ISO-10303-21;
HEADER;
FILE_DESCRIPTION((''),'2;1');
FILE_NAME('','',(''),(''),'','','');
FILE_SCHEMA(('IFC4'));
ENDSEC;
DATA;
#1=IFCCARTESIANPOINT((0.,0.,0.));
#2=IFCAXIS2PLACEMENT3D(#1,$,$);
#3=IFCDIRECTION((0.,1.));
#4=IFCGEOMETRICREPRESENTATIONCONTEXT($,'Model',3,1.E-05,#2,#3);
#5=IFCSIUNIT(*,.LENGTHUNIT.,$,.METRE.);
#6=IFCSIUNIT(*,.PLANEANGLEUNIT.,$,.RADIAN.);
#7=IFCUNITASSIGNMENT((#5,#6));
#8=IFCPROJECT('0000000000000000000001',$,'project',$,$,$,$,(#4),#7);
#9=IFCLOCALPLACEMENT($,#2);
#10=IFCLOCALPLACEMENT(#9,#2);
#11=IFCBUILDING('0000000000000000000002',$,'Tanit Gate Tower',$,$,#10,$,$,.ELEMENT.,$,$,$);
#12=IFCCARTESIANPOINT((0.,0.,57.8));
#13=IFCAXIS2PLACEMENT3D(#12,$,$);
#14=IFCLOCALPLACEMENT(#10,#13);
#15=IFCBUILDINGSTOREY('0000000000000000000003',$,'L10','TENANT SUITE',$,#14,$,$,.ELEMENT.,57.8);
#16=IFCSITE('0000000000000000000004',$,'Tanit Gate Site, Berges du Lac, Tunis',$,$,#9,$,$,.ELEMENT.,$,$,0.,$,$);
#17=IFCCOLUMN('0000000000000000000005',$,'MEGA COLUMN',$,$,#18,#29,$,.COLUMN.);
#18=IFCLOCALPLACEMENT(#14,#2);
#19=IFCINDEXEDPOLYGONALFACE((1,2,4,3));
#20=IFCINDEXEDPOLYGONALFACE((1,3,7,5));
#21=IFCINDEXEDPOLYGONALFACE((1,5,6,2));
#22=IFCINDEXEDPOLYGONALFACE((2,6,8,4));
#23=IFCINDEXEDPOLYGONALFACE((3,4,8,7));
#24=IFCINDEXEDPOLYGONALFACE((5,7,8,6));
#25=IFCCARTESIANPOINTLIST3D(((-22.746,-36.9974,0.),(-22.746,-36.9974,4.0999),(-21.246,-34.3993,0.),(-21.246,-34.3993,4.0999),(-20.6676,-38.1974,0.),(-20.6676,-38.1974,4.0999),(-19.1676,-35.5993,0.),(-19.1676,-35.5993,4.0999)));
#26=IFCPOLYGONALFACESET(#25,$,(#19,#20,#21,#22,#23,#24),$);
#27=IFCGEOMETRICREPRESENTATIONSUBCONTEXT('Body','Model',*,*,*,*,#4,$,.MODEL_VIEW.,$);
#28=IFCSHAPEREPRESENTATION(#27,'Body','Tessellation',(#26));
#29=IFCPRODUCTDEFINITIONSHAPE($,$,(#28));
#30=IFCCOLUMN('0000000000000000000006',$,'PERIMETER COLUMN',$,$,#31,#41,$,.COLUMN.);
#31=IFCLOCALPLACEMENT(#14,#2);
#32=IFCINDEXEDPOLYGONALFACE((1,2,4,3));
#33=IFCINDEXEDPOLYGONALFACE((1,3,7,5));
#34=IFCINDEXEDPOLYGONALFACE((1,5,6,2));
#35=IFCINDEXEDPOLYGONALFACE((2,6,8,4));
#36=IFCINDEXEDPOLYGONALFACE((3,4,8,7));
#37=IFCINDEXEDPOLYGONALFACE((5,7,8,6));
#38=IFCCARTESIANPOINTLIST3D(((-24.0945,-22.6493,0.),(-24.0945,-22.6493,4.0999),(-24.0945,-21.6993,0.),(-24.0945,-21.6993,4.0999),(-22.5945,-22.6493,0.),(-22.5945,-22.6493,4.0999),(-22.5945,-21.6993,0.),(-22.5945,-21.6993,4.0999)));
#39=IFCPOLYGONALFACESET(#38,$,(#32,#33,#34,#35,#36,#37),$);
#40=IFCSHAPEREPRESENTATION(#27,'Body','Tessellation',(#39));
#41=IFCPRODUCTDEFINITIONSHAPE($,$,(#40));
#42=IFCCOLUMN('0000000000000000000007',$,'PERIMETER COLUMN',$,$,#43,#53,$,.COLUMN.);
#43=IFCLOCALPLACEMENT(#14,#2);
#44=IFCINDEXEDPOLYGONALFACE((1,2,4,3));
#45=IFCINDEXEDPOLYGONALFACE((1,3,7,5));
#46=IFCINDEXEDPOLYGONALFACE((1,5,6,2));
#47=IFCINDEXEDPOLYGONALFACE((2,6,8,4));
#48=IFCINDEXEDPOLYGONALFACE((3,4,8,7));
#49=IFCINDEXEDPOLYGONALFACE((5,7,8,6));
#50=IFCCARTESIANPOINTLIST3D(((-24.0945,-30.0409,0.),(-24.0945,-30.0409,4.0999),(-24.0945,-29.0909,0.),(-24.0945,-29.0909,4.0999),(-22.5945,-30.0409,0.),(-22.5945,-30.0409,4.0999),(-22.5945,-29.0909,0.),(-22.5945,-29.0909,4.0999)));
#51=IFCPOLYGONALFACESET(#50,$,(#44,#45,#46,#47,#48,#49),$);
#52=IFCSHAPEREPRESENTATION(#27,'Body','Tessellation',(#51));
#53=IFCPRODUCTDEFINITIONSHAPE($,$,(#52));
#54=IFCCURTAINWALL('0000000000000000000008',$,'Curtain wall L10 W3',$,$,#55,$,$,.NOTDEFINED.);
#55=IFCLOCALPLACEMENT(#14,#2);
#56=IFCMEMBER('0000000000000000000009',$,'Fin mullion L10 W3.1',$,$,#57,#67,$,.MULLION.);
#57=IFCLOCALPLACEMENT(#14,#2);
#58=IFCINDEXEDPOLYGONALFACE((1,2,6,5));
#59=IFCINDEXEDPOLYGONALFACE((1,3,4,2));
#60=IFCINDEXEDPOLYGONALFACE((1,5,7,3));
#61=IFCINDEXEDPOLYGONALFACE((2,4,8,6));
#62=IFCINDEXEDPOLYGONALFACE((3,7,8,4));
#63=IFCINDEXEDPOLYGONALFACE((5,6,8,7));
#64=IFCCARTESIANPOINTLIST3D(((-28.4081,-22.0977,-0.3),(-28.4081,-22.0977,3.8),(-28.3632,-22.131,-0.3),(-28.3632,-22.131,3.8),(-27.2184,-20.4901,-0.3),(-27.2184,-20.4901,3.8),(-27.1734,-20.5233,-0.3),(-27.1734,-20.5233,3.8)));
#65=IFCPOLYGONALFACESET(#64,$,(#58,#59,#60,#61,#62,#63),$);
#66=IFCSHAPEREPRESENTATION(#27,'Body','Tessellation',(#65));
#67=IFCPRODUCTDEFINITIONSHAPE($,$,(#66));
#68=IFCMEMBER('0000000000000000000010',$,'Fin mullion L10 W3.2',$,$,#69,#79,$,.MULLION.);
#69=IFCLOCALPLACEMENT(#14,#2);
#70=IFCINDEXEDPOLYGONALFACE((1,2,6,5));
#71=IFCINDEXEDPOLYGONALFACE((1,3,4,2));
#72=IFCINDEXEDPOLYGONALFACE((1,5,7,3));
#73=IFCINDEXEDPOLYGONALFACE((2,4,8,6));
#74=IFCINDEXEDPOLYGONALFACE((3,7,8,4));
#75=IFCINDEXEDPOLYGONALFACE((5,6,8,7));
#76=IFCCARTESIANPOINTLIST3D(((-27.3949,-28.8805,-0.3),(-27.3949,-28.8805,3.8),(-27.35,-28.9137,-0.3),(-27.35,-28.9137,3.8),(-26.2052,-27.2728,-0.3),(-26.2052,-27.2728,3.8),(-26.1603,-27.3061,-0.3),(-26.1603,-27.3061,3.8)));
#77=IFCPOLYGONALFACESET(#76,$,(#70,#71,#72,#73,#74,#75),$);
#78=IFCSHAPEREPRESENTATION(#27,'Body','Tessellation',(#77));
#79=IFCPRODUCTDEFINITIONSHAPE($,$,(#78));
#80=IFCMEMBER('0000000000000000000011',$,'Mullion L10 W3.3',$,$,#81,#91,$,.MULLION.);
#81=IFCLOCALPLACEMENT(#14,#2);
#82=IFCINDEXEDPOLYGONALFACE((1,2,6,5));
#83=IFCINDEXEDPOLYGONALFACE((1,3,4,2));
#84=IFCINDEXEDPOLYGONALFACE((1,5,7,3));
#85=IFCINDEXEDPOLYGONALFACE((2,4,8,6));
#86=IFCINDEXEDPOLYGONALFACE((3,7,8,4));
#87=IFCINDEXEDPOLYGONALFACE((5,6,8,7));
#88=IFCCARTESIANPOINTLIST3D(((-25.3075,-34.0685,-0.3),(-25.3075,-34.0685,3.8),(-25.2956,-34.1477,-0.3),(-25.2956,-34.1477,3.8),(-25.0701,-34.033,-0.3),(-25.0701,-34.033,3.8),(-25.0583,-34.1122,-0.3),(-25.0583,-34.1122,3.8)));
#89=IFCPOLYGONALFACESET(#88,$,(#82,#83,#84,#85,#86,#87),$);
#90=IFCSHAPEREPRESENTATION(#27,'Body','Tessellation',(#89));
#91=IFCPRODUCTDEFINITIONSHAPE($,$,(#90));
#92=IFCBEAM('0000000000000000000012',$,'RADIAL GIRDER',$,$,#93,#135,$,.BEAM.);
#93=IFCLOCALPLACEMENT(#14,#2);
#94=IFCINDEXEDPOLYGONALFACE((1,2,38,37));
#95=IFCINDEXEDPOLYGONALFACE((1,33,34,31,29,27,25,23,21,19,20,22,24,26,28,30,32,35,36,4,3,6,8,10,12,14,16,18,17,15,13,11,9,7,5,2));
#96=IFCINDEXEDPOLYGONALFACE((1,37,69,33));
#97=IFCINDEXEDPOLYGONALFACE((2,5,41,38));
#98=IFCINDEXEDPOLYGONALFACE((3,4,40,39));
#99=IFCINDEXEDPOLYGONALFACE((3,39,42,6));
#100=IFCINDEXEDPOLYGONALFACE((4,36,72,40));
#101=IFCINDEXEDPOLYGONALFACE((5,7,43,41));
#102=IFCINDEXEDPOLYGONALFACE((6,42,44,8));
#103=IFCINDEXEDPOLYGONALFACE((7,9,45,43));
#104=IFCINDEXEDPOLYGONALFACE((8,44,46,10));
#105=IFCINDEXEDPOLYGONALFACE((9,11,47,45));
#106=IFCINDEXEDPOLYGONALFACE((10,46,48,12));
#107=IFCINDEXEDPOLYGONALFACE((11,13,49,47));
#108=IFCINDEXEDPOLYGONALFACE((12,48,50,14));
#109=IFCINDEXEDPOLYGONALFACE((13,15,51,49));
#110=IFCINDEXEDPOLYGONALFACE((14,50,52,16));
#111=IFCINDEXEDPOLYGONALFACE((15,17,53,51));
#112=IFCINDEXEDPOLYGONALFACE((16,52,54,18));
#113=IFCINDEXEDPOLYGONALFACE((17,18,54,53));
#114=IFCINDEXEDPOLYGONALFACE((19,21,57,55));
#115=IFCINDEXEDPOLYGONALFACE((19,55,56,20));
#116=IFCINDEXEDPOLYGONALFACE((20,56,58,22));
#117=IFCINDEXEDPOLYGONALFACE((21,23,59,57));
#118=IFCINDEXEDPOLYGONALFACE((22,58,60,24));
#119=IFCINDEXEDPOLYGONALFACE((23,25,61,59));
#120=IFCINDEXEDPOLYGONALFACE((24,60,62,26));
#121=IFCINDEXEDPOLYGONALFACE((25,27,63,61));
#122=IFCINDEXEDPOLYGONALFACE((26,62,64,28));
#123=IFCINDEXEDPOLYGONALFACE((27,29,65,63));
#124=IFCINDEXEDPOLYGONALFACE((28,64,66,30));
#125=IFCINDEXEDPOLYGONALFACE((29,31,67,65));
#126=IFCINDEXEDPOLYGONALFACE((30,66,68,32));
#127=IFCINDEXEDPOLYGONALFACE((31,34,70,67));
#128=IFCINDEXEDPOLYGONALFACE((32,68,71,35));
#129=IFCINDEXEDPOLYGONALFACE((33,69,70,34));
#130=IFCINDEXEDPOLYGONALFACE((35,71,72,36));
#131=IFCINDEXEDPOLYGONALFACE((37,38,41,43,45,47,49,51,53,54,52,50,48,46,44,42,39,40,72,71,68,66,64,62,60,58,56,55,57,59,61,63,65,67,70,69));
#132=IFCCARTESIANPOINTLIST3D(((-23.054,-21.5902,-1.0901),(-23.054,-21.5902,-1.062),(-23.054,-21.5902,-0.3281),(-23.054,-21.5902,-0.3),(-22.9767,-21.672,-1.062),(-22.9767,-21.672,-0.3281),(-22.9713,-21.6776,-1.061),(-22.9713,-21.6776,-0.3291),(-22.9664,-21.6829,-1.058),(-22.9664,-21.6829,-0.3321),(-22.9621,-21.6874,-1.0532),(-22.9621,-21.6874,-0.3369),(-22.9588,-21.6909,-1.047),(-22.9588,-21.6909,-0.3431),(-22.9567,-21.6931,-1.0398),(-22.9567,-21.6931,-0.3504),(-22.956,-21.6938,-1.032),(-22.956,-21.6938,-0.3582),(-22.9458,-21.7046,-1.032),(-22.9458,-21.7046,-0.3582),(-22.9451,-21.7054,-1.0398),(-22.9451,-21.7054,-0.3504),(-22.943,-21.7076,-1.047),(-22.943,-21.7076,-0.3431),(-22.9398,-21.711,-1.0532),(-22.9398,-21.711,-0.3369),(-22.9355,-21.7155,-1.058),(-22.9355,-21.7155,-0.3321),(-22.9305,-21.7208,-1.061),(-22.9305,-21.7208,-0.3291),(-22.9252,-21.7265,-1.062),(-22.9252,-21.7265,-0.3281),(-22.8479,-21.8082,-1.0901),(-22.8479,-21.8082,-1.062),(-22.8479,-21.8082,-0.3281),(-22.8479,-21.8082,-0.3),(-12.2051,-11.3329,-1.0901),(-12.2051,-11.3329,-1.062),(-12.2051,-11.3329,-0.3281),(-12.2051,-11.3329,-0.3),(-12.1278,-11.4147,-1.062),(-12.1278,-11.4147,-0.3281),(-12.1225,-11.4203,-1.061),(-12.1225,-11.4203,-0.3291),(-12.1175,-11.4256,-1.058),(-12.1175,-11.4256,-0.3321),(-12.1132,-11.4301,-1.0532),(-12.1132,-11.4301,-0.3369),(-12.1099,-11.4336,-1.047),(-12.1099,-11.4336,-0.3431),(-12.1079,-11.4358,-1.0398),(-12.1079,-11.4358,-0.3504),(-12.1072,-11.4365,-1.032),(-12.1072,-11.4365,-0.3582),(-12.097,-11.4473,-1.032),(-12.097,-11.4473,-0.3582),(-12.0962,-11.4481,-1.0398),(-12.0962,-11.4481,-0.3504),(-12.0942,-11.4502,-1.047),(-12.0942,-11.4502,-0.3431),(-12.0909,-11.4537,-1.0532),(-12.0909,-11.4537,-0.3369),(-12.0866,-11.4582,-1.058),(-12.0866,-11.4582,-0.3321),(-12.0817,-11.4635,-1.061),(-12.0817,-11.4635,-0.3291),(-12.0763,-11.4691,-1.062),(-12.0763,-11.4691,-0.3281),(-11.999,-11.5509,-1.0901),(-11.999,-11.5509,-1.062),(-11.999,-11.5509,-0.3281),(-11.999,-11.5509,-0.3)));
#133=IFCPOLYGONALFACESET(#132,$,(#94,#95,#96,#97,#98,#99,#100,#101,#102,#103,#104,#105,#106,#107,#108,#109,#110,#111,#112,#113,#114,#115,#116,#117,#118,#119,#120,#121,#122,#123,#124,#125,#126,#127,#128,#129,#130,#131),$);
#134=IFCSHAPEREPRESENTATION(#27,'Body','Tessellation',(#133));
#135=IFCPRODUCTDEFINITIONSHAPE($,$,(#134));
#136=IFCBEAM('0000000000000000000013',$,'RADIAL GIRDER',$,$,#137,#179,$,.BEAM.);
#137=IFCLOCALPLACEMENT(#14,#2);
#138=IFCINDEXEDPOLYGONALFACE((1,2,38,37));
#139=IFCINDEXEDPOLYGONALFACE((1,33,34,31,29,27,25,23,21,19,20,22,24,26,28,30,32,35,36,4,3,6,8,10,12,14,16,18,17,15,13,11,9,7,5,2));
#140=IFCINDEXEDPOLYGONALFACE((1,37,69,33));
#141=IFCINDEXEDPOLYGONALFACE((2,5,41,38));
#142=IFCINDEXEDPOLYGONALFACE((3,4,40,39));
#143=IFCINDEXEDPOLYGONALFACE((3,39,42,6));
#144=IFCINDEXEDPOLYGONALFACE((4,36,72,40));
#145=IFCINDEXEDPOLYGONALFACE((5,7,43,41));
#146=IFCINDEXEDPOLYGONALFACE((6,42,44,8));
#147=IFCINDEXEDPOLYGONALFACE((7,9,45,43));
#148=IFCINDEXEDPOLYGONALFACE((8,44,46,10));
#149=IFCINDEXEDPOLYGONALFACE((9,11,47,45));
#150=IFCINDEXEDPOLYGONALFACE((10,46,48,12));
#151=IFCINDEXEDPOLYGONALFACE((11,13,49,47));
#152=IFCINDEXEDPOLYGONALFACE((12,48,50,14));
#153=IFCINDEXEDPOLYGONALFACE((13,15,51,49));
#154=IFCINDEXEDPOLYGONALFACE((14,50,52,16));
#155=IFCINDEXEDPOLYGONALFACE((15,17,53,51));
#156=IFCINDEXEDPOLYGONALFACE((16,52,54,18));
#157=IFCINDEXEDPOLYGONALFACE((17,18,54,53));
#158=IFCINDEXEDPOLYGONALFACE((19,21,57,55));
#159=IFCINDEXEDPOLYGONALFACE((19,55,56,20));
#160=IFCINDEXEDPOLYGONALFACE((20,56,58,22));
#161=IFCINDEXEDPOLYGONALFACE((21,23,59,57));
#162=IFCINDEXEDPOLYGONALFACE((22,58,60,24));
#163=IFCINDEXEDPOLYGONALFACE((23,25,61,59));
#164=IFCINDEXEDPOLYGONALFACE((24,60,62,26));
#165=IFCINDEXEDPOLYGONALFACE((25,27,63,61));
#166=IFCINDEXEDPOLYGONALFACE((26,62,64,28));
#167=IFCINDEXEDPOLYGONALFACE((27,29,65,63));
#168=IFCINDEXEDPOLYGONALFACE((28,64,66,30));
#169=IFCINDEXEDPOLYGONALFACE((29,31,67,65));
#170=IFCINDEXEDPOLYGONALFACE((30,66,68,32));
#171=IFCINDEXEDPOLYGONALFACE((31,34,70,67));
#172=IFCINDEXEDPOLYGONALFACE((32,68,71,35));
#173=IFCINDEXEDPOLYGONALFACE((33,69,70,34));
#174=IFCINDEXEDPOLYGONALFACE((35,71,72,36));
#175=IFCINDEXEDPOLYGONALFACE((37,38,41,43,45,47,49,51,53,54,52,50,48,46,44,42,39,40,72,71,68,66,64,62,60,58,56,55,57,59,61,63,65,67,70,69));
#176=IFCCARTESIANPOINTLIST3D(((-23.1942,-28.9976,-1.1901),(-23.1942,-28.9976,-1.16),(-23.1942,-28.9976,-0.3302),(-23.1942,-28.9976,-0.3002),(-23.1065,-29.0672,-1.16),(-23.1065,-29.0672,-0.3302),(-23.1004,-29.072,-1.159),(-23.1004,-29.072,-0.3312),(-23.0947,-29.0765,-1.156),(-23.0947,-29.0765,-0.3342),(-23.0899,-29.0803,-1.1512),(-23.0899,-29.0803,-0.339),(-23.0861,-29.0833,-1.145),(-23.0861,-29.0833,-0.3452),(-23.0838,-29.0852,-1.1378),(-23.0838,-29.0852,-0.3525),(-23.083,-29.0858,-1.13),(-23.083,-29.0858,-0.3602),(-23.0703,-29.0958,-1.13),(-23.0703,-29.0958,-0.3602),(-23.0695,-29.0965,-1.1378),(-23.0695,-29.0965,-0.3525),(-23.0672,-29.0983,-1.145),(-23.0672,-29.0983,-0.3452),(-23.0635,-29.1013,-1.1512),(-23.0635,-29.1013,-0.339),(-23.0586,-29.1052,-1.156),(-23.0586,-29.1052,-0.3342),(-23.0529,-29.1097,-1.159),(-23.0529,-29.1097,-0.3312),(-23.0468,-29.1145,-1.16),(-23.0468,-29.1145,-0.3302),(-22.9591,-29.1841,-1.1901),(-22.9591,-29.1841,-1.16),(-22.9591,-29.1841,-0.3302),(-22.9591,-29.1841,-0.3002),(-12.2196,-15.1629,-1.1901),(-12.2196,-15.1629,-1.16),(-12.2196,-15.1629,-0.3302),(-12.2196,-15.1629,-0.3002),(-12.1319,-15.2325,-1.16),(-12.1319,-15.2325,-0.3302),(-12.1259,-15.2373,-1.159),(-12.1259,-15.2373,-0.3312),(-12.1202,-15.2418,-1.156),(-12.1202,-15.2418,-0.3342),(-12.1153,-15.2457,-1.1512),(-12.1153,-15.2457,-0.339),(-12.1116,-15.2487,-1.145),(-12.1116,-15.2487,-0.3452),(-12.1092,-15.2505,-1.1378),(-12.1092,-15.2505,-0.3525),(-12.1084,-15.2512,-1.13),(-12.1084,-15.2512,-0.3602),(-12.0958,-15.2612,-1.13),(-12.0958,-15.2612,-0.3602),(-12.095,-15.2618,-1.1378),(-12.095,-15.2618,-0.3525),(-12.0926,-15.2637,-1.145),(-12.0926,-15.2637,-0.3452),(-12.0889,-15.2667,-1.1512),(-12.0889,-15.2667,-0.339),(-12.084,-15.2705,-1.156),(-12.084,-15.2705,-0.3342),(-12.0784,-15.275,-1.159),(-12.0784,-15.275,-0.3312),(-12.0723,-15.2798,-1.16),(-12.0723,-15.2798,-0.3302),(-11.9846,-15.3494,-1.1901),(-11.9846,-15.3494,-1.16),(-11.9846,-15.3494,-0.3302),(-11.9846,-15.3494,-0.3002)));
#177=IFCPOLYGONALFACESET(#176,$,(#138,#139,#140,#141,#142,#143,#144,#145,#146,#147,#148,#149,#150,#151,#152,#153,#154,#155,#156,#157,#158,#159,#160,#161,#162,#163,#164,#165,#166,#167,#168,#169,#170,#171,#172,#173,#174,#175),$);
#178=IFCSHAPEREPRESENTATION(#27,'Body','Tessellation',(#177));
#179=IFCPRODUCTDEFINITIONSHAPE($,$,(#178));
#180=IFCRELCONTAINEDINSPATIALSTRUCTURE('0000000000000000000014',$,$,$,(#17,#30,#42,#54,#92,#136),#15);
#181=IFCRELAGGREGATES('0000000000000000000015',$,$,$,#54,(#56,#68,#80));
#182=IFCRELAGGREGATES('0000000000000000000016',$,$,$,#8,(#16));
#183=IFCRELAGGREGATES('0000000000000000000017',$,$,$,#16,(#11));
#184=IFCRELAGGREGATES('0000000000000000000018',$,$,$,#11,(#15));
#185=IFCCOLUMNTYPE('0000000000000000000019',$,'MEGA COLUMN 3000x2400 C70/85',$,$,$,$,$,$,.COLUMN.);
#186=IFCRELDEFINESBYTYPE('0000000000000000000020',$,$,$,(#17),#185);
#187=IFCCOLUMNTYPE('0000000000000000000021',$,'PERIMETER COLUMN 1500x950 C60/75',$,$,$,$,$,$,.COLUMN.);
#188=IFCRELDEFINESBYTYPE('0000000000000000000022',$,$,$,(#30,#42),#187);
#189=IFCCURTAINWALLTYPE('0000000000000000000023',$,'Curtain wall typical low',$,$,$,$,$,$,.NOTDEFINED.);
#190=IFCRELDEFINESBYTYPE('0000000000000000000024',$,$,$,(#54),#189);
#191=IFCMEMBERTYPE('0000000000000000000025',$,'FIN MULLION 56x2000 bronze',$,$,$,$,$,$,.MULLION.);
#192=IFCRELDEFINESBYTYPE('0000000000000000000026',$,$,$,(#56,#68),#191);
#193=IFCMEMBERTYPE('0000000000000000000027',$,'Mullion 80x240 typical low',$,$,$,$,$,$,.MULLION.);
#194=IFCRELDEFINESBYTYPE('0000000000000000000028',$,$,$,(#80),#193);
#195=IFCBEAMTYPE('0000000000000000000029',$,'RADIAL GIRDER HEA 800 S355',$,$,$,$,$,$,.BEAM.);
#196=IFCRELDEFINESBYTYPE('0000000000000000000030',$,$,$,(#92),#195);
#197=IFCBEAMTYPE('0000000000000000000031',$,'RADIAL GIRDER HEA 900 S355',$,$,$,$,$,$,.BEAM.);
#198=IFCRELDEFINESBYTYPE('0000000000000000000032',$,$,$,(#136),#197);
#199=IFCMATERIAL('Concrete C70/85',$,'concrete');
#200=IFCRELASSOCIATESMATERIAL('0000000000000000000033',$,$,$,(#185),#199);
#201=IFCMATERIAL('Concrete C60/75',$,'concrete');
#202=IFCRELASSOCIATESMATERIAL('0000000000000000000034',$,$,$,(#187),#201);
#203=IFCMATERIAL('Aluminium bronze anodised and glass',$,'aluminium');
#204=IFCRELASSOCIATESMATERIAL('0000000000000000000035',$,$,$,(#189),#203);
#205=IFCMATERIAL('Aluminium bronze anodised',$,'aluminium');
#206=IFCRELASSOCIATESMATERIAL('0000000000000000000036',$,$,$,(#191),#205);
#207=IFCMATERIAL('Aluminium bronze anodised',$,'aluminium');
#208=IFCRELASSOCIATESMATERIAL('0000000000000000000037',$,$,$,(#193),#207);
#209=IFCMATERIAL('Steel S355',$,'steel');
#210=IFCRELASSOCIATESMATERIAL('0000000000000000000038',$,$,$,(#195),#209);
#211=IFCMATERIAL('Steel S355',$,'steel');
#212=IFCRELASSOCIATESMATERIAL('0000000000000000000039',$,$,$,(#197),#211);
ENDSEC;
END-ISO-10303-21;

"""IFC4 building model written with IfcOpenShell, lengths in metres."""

from ifc_helpers import new_model, si_unit, direction, frame, origin, origin_2d, place, context, subcontext, project, spatial, rectangle, i_section, extrude, material, material_profile, profile_set, type_object, element, aggregate, save


model = new_model("IFC4")

# Units and contexts
model_context = context("Model", 3, precision=1e-05, world=origin(), true_north=direction((0.0, 1.0)))
body_context = subcontext(model_context, "Body", "Model", "MODEL_VIEW")
ifc_project = project(units=[si_unit("LENGTHUNIT", "METRE"), si_unit("PLANEANGLEUNIT", "RADIAN")], contexts=[model_context])

# Site, building, storey
site_placement = place(None, origin())
site = spatial("IfcSite", under=ifc_project, at=site_placement, Name="Tanit Gate Site, Berges du Lac, Tunis", CompositionType="ELEMENT", RefElevation=0.0)
building_placement = place(site_placement, origin())
building = spatial("IfcBuilding", under=site, at=building_placement, Name="Tanit Gate Tower", CompositionType="ELEMENT")
storey_placement = place(building_placement, frame((0.0, 0.0, 57.8)))
storey = spatial("IfcBuildingStorey", under=building, at=storey_placement, Name="L10", Description="TENANT SUITE", CompositionType="ELEMENT", Elevation=57.8)

# Columns
ifc_material_1 = material(Name="Concrete C70/85", Category="concrete")
ifc_material_profile_1 = material_profile(ifc_material_1, rectangle(XDim=3.0, YDim=2.3999, at=origin_2d()), Name="RC 3000x2400")
ifc_profile_set_1 = profile_set([ifc_material_profile_1], Name="Concrete C70/85")
column_type_1 = type_object("IfcColumnType", Name="MEGA COLUMN 3000x2400 C70/85", PredefinedType="COLUMN", material=ifc_profile_set_1)
column_placement = place(storey_placement, frame((-20.9568, -36.2983, 0.0), z_axis=(0.0, 0.0, 1.0), x_axis=(-0.5, -0.866025, 0.0)))
element("IfcColumn", 1, at=column_placement, inside=storey, type_object=column_type_1, Name="MEGA COLUMN", PredefinedType="COLUMN", context=body_context, shape_type="SweptSolid", body=[
    extrude(rectangle(XDim=3.0, YDim=2.3999, at=origin_2d()), origin(), (0.0, 0.0, 1.0), 4.0999),
])
ifc_material_2 = material(Name="Concrete C60/75", Category="concrete")
ifc_material_profile_2 = material_profile(ifc_material_2, rectangle(XDim=1.5, YDim=0.95, at=origin_2d()), Name="RC 1500x950")
ifc_profile_set_2 = profile_set([ifc_material_profile_2], Name="Concrete C60/75")
column_type_2 = type_object("IfcColumnType", Name="PERIMETER COLUMN 1500x950 C60/75", PredefinedType="COLUMN", material=ifc_profile_set_2)
for number, where, z_axis, x_axis, name in (
    (2, (-23.3445, -22.1743, 0.0), (0.0, 0.0, 1.0), (-1.0, 0.0, 0.0), "PERIMETER COLUMN"),
    (3, (-23.3445, -29.5659, 0.0), (0.0, 0.0, 1.0), (-1.0, 0.0, 0.0), "PERIMETER COLUMN"),
):
    element("IfcColumn", number, at=place(storey_placement, frame(where, z_axis=z_axis, x_axis=x_axis)), inside=storey, type_object=column_type_2, Name=name, PredefinedType="COLUMN", context=body_context, shape_type="SweptSolid", body=[
        extrude(rectangle(XDim=1.5, YDim=0.95, at=origin_2d()), origin(), (0.0, 0.0, 1.0), 4.0999),
    ])

# Curtain wall, members
ifc_material_3 = material(Name="Aluminium bronze anodised and glass", Category="aluminium")
curtain_wall_type = type_object("IfcCurtainWallType", Name="Curtain wall typical low", PredefinedType="NOTDEFINED", material=ifc_material_3)
curtain_wall_placement = place(storey_placement, origin())
curtain_wall = element("IfcCurtainWall", 4, at=curtain_wall_placement, inside=storey, type_object=curtain_wall_type, Name="Curtain wall L10 W3", PredefinedType="NOTDEFINED")
ifc_material_4 = material(Name="Aluminium bronze anodised", Category="aluminium")
ifc_material_profile_3 = material_profile(ifc_material_4, rectangle(XDim=2.0, YDim=0.0559, at=origin_2d()), Name="56x2000 bronze fin mullion")
ifc_profile_set_3 = profile_set([ifc_material_profile_3], Name="Aluminium bronze anodised")
member_type_1 = type_object("IfcMemberType", Name="FIN MULLION 56x2000 bronze", PredefinedType="MULLION", material=ifc_profile_set_3)
member_1_placement = place(storey_placement, frame((-27.7908, -21.3105, -0.3), z_axis=(0.0, 0.0, 1.0), x_axis=(0.594863, 0.803827, 0.0)))
member_1 = element("IfcMember", 5, at=member_1_placement, type_object=member_type_1, Name="Fin mullion L10 W3.1", PredefinedType="MULLION", context=body_context, shape_type="SweptSolid", body=[
    extrude(rectangle(XDim=2.0, YDim=0.0559, at=origin_2d()), origin(), (0.0, 0.0, 1.0), 4.1001),
])
member_2_placement = place(storey_placement, frame((-26.7776, -28.0933, -0.3), z_axis=(0.0, 0.0, 1.0), x_axis=(0.594863, 0.803827, 0.0)))
member_2 = element("IfcMember", 6, at=member_2_placement, type_object=member_type_1, Name="Fin mullion L10 W3.2", PredefinedType="MULLION", context=body_context, shape_type="SweptSolid", body=[
    extrude(rectangle(XDim=2.0, YDim=0.0559, at=origin_2d()), origin(), (0.0, 0.0, 1.0), 4.1001),
])
ifc_material_5 = material(Name="Aluminium bronze anodised", Category="aluminium")
ifc_material_profile_4 = material_profile(ifc_material_5, rectangle(XDim=0.24, YDim=0.0801, at=origin_2d()), Name="80x240 bronze mullion")
ifc_profile_set_4 = profile_set([ifc_material_profile_4], Name="Aluminium bronze anodised")
member_type_2 = type_object("IfcMemberType", Name="Mullion 80x240 typical low", PredefinedType="MULLION", material=ifc_profile_set_4)
member_3_placement = place(storey_placement, frame((-25.1829, -34.0903, -0.3), z_axis=(0.0, 0.0, 1.0), x_axis=(0.989023, 0.14776, 0.0)))
member_3 = element("IfcMember", 7, at=member_3_placement, type_object=member_type_2, Name="Mullion L10 W3.3", PredefinedType="MULLION", context=body_context, shape_type="SweptSolid", body=[
    extrude(rectangle(XDim=0.24, YDim=0.0801, at=origin_2d()), origin(), (0.0, 0.0, 1.0), 4.1001),
])

# Beams
ifc_material_6 = material(Name="Steel S355", Category="steel")
ifc_material_profile_5 = material_profile(ifc_material_6, i_section(OverallWidth=0.3, OverallDepth=0.79, WebThickness=0.0149, FlangeThickness=0.0281, FilletRadius=0.03, at=origin_2d()), Name="HEA 800")
ifc_profile_set_5 = profile_set([ifc_material_profile_5], Name="Steel S355")
beam_type_1 = type_object("IfcBeamType", Name="RADIAL GIRDER HEA 800 S355", PredefinedType="BEAM", material=ifc_profile_set_5)
beam_1_placement = place(storey_placement, frame((-22.9509, -21.6992, -0.6951), z_axis=(0.72664, 0.687019, 0.0), x_axis=(-0.687019, 0.72664, 0.0)))
element("IfcBeam", 8, at=beam_1_placement, inside=storey, type_object=beam_type_1, Name="RADIAL GIRDER", PredefinedType="BEAM", context=body_context, shape_type="SweptSolid", body=[
    extrude(i_section(OverallWidth=0.3, OverallDepth=0.79, WebThickness=0.0149, FlangeThickness=0.0281, FilletRadius=0.03, at=origin_2d()), origin(), (0.0, 0.0, 1.0), 14.9302),
])
ifc_material_7 = material(Name="Steel S355", Category="steel")
ifc_material_profile_6 = material_profile(ifc_material_7, i_section(OverallWidth=0.3, OverallDepth=0.8899, WebThickness=0.0161, FlangeThickness=0.03, FilletRadius=0.03, at=origin_2d()), Name="HEA 900")
ifc_profile_set_6 = profile_set([ifc_material_profile_6], Name="Steel S355")
beam_type_2 = type_object("IfcBeamType", Name="RADIAL GIRDER HEA 900 S355", PredefinedType="BEAM", material=ifc_profile_set_6)
beam_2_placement = place(storey_placement, frame((-23.0767, -29.0908, -0.7451), z_axis=(0.621473, 0.783436, 0.0), x_axis=(-0.783436, 0.621473, 0.0)))
element("IfcBeam", 9, at=beam_2_placement, inside=storey, type_object=beam_type_2, Name="RADIAL GIRDER", PredefinedType="BEAM", context=body_context, shape_type="SweptSolid", body=[
    extrude(i_section(OverallWidth=0.3, OverallDepth=0.8899, WebThickness=0.0161, FlangeThickness=0.03, FilletRadius=0.03, at=origin_2d()), origin(), (0.0, 0.0, 1.0), 17.6589),
])

aggregate(curtain_wall, [member_1, member_2, member_3])

save(model, "model.ifc")
